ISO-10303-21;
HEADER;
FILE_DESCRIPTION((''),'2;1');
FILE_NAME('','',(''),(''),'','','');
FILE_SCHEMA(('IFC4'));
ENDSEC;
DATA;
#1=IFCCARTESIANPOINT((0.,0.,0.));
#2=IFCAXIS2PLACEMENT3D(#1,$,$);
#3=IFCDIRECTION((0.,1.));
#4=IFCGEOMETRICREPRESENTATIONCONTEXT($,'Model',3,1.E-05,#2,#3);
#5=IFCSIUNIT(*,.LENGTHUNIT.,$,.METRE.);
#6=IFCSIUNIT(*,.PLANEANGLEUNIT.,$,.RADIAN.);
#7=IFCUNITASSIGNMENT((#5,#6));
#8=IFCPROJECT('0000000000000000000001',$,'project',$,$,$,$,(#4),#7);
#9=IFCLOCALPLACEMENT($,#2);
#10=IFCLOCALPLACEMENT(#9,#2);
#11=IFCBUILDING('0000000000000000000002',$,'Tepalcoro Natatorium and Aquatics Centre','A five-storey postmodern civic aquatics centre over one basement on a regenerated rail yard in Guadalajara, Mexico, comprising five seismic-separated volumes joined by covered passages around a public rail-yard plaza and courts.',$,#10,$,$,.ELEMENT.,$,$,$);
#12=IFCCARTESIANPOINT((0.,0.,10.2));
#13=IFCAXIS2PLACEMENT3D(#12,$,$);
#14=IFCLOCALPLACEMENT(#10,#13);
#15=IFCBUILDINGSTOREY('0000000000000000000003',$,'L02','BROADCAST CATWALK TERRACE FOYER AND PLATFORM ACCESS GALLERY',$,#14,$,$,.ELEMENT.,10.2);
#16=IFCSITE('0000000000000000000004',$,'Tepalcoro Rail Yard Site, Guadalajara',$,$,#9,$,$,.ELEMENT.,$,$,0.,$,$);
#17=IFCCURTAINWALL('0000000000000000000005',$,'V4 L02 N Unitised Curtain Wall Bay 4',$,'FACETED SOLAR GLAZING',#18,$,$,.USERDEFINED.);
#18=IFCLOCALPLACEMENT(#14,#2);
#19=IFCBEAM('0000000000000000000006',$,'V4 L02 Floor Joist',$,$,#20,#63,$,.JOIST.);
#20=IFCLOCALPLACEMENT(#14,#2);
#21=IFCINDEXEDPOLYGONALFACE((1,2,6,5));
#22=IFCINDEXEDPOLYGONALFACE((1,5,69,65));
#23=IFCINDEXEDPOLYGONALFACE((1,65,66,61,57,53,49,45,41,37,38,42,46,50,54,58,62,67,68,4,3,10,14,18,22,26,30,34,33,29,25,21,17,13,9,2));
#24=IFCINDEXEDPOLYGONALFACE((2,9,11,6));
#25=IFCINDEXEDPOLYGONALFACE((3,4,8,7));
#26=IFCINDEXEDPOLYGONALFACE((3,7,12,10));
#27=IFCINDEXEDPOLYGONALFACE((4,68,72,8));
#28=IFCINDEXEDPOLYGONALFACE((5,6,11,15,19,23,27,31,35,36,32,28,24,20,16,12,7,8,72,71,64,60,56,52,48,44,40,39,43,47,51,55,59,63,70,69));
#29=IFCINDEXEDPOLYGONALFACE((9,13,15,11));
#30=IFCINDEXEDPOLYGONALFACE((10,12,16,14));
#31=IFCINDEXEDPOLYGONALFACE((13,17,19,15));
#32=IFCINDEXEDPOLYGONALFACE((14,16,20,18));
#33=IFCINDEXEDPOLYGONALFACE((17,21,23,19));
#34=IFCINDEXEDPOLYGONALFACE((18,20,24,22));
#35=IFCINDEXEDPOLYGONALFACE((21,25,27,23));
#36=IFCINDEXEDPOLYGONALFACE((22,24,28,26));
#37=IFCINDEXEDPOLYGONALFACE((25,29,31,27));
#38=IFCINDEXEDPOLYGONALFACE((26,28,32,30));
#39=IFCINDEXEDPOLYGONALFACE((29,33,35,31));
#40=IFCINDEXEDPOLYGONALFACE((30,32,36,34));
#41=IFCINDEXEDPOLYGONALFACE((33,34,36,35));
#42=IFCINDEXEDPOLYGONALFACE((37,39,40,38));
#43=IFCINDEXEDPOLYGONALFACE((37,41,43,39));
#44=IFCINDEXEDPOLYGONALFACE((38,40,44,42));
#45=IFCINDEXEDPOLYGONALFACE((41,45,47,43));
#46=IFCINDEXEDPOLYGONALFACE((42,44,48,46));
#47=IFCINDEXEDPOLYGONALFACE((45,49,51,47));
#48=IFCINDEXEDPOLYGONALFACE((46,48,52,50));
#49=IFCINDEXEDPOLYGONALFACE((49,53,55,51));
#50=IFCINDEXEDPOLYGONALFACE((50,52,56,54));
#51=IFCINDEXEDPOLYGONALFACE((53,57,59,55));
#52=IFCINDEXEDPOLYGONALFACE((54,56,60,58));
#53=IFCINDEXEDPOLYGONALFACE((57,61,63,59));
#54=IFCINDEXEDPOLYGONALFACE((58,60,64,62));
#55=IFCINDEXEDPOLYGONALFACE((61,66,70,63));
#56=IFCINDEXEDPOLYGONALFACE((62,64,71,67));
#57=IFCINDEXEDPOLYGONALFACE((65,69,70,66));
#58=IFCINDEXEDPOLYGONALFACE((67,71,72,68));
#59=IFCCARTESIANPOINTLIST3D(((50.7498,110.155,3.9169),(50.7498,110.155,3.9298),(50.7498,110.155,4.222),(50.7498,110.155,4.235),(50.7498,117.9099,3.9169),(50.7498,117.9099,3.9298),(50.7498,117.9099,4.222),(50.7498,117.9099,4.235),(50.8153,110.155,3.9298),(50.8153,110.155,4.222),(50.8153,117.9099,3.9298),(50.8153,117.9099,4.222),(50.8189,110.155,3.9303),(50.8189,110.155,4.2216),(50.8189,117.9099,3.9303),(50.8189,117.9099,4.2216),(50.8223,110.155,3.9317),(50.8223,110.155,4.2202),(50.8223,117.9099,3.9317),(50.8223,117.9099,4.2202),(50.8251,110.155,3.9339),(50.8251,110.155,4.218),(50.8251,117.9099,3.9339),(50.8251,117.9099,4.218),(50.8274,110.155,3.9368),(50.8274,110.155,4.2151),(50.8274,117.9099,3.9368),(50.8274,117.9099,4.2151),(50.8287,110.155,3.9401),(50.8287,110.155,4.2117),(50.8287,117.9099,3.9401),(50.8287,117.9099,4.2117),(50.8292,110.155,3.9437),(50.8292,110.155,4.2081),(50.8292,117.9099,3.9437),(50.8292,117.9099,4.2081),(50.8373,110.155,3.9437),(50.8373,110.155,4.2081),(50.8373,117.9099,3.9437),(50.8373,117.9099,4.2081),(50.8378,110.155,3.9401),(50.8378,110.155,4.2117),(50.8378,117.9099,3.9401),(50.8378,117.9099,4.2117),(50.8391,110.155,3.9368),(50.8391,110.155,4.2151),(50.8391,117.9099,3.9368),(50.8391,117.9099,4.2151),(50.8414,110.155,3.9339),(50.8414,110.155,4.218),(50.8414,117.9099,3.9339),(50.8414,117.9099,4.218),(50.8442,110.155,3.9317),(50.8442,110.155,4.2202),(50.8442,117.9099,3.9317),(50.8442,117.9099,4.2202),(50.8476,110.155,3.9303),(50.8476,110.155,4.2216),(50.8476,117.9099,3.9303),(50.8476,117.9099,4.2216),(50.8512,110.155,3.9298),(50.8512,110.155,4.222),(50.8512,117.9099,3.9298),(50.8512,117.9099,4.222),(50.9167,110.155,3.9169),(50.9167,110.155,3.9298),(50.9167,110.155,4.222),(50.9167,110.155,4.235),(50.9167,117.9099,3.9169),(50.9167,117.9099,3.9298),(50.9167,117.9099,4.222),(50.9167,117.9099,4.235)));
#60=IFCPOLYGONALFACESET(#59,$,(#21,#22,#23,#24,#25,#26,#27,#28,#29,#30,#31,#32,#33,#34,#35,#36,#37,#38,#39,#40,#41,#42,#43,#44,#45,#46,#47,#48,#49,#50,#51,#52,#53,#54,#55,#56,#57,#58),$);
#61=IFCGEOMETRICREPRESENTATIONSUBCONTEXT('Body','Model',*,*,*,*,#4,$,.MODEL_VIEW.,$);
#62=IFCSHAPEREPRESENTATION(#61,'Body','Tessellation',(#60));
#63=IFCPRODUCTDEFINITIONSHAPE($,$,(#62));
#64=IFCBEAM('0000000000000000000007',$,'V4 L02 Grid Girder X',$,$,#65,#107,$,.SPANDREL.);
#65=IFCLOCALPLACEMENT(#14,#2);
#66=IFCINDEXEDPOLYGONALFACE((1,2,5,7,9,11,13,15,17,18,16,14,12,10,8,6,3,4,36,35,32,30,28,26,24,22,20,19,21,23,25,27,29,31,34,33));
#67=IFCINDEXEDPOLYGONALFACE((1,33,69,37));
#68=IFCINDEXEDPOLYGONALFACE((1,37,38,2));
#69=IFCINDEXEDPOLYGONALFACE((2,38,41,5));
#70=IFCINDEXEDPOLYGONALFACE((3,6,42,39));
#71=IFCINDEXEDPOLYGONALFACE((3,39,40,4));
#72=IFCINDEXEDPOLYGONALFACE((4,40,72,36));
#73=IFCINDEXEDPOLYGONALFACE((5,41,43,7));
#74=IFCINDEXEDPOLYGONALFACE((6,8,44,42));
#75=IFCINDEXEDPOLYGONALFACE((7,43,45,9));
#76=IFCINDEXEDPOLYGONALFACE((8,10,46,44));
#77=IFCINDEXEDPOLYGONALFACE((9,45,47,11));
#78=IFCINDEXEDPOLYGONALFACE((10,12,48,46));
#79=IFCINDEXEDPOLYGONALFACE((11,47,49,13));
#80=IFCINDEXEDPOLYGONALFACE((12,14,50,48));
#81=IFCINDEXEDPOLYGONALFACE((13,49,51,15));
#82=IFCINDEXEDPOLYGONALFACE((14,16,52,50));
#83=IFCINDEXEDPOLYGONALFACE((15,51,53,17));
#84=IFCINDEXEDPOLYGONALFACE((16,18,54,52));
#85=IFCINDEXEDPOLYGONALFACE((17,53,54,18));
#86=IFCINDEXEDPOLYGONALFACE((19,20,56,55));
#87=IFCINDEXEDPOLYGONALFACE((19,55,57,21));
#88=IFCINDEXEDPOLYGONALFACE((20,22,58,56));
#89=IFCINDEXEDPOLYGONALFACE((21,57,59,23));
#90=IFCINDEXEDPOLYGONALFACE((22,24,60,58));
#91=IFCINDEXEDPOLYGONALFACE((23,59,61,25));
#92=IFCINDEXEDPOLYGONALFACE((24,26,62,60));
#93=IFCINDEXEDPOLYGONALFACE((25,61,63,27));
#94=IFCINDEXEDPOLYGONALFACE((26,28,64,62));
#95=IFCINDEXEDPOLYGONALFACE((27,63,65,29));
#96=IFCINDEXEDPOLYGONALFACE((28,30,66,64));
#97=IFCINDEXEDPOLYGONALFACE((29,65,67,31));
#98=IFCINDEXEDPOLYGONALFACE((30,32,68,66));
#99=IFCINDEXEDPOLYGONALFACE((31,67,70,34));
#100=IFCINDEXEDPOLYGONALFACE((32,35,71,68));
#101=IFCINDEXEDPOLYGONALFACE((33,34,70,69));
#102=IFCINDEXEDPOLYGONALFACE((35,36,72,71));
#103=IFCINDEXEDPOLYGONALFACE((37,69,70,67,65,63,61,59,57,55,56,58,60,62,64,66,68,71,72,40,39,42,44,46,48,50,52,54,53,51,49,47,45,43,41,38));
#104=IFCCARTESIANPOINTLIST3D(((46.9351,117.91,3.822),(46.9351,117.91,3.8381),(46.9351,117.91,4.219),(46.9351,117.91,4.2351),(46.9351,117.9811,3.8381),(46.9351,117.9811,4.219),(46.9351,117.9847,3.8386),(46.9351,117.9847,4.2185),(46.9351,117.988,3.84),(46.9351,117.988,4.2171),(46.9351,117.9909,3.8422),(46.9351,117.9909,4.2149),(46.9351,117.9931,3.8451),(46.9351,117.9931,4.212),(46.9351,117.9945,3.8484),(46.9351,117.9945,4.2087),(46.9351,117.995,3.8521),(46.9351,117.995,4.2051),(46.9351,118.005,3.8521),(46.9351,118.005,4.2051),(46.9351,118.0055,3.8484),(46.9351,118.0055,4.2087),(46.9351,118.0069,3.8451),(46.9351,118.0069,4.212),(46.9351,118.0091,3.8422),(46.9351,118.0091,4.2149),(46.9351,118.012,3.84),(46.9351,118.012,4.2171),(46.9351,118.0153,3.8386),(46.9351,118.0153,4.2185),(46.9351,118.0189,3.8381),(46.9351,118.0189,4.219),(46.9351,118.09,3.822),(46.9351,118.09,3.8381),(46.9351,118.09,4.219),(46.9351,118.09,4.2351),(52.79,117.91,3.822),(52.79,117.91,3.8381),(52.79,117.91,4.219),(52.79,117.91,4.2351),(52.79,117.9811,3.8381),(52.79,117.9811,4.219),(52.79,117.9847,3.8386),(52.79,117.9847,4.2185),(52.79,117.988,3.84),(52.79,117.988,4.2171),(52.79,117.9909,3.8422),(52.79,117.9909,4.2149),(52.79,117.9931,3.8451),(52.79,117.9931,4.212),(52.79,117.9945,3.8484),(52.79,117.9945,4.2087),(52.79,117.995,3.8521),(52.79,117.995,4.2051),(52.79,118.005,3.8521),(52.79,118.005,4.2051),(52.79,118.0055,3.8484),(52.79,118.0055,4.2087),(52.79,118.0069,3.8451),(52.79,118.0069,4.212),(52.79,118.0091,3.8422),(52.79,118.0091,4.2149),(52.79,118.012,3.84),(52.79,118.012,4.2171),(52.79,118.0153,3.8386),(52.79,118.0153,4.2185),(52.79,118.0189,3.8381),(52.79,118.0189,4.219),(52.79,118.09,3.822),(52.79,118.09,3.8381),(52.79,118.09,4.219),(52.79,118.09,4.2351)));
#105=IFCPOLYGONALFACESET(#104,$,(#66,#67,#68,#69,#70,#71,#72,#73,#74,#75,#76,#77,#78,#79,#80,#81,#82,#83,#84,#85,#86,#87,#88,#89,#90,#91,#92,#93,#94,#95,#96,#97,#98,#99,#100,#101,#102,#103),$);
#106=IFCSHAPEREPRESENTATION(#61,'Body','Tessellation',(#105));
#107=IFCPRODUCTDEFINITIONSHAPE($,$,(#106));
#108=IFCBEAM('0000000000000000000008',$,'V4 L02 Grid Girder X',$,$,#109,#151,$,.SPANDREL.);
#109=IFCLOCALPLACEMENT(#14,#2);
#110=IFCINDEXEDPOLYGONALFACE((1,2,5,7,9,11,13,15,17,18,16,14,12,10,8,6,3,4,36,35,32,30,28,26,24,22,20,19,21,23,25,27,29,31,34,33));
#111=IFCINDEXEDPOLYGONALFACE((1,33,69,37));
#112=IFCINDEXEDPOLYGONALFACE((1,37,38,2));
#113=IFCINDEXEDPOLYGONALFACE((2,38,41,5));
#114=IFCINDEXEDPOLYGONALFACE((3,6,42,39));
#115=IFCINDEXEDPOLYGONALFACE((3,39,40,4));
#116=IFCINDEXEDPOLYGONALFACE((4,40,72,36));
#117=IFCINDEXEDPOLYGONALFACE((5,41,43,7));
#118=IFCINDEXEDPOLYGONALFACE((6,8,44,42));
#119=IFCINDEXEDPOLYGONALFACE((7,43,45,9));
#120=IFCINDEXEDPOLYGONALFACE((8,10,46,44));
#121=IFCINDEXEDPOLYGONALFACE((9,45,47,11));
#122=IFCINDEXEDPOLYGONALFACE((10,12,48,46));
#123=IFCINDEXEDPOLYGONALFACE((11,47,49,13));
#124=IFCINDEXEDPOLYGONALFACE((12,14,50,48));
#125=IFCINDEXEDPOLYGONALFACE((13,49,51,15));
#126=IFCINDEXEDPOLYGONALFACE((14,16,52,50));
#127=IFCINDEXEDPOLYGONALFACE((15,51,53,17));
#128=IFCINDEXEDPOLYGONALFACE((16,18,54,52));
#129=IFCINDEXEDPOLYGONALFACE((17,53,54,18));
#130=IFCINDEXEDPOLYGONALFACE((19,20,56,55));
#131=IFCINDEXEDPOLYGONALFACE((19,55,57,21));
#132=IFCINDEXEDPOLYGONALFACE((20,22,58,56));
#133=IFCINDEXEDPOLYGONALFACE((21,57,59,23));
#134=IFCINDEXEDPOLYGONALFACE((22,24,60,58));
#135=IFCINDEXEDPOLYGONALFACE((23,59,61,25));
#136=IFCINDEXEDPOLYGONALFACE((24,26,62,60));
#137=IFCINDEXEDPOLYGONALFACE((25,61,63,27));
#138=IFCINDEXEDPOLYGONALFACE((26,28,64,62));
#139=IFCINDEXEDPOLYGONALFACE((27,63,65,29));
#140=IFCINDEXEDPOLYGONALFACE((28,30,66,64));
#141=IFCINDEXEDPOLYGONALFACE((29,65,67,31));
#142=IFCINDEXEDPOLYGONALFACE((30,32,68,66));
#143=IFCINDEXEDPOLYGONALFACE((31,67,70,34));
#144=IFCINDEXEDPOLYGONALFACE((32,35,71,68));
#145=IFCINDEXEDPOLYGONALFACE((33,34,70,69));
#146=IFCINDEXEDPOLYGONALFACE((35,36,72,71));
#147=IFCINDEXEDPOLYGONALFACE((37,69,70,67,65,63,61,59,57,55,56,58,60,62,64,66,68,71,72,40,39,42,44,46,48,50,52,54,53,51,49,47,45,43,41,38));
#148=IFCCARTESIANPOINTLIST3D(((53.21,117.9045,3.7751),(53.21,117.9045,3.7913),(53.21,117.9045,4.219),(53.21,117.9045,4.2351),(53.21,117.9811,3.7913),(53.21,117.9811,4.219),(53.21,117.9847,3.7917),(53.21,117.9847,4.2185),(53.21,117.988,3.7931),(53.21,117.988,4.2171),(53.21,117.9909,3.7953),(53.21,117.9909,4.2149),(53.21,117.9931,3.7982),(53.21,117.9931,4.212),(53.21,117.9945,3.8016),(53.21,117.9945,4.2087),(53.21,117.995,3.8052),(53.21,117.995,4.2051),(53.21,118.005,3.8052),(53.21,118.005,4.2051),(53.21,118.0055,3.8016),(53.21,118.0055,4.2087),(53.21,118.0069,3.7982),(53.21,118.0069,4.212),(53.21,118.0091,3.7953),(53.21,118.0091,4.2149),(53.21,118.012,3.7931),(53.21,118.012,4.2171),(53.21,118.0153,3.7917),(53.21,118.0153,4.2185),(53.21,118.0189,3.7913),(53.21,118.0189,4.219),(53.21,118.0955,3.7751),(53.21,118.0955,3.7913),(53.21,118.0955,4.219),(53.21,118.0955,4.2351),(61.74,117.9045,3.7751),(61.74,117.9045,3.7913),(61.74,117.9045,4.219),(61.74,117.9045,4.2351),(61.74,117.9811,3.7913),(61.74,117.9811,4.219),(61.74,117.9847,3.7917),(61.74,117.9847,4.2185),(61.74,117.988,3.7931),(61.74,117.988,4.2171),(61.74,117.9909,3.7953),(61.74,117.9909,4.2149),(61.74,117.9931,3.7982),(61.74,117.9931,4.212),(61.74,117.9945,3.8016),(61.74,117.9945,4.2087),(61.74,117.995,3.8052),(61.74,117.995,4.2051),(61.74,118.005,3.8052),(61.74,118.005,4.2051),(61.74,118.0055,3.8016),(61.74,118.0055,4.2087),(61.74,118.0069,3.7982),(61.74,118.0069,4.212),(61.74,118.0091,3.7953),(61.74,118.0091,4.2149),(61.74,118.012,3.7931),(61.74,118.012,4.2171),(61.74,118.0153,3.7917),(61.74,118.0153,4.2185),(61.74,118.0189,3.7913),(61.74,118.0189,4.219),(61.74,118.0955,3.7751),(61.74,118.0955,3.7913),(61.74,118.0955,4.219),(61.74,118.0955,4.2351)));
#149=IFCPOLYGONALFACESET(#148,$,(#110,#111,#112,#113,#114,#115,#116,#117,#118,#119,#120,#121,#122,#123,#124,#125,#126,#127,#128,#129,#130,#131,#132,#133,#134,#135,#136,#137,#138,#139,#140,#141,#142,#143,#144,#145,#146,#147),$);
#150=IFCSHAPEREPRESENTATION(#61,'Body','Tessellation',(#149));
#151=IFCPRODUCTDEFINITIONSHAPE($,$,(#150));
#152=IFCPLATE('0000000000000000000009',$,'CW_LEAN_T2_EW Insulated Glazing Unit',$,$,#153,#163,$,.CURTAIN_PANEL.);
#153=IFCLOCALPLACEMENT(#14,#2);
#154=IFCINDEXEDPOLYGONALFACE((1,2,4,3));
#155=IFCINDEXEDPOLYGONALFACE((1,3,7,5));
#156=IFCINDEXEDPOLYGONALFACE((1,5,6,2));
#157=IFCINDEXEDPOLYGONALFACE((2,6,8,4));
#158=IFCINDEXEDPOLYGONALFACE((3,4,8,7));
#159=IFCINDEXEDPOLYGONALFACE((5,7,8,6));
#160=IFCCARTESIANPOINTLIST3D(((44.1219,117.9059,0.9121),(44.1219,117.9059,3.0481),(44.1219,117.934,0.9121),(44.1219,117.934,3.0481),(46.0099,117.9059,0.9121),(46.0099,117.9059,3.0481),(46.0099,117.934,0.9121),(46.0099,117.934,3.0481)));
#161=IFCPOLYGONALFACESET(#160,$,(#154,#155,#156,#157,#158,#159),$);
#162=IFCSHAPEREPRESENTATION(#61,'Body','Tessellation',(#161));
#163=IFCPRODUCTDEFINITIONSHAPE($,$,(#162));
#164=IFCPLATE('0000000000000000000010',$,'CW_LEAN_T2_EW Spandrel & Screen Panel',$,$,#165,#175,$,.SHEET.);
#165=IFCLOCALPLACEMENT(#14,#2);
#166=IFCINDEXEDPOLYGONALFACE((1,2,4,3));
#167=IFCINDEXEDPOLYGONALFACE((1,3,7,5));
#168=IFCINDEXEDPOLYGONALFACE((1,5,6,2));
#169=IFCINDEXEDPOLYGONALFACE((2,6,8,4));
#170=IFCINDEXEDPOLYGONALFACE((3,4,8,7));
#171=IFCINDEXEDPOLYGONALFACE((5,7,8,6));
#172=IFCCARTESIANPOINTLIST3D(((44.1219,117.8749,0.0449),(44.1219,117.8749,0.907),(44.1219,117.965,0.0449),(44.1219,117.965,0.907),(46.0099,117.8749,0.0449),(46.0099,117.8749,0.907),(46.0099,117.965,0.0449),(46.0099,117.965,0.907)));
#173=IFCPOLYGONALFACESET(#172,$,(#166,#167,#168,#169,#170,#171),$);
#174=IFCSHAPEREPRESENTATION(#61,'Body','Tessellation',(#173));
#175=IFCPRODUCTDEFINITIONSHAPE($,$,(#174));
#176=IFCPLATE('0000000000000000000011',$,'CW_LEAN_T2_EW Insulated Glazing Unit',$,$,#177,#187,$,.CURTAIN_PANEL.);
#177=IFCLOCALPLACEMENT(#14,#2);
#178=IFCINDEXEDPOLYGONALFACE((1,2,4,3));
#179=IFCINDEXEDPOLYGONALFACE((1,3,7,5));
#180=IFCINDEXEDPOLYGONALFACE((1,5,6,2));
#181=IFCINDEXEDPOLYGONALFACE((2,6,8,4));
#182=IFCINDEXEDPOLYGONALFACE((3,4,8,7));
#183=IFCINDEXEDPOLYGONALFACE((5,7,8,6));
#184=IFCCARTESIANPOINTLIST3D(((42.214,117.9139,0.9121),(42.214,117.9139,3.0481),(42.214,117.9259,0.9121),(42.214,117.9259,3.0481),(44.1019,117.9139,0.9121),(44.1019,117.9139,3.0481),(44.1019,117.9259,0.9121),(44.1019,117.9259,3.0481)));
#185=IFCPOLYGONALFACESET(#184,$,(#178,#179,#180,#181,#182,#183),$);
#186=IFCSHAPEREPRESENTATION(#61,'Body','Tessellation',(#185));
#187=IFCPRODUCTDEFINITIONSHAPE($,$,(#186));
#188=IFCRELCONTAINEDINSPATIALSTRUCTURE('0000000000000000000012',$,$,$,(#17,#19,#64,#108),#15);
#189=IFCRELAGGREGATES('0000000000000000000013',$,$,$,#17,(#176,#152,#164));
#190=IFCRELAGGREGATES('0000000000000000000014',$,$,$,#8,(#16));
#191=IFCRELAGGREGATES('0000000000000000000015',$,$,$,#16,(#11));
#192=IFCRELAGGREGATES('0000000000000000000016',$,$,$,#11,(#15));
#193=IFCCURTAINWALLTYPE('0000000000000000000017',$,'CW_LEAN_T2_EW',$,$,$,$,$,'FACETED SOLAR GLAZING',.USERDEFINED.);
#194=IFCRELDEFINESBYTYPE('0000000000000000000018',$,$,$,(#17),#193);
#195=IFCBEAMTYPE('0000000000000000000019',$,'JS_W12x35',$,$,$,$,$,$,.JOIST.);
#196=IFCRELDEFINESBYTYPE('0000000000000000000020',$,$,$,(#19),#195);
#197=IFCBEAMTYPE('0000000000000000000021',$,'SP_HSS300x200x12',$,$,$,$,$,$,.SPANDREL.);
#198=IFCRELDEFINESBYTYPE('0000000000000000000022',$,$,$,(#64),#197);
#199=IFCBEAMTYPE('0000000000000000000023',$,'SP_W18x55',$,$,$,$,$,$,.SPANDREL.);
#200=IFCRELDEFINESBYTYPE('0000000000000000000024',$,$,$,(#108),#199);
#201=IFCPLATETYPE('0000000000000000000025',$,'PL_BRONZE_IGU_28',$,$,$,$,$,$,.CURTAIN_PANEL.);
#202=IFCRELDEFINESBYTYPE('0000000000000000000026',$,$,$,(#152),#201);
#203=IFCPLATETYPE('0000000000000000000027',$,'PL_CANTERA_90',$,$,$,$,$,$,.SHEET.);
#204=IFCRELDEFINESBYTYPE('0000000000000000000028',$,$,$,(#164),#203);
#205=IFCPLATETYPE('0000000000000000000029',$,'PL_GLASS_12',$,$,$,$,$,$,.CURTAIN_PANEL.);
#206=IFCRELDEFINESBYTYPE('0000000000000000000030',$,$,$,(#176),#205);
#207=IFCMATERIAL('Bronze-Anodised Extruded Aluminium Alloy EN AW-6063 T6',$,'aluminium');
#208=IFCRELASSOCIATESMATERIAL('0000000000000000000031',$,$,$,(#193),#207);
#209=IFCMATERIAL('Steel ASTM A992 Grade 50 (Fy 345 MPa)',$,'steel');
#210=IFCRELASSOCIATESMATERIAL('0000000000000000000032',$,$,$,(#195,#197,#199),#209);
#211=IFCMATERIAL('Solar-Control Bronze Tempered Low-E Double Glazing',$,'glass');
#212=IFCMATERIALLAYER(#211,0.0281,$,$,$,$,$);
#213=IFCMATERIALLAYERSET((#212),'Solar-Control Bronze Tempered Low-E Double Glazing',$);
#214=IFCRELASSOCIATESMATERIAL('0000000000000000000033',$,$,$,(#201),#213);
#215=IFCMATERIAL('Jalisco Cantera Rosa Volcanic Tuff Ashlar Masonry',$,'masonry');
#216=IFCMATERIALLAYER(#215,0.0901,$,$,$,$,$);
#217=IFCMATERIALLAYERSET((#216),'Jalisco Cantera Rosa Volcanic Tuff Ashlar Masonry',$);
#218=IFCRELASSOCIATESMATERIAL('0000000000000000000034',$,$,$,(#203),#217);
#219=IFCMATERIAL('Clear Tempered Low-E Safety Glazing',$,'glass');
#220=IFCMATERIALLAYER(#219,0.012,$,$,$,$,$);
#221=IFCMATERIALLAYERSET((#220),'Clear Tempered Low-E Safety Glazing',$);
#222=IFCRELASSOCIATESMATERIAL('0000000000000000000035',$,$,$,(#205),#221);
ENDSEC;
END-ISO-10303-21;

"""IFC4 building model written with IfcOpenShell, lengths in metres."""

from ifc_helpers import new_model, si_unit, direction, frame, origin, origin_2d, place, context, subcontext, project, spatial, rectangle, i_section, extrude, material, layer, layer_set, material_profile, profile_set, type_object, element, aggregate, save


model = new_model("IFC4")

# Units and contexts
model_context = context("Model", 3, precision=1e-05, world=origin(), true_north=direction((0.0, 1.0)))
body_context = subcontext(model_context, "Body", "Model", "MODEL_VIEW")
ifc_project = project(units=[si_unit("LENGTHUNIT", "METRE"), si_unit("PLANEANGLEUNIT", "RADIAN")], contexts=[model_context])

# Site, building, storey
site_placement = place(None, origin())
site = spatial("IfcSite", under=ifc_project, at=site_placement, Name="Tepalcoro Rail Yard Site, Guadalajara", CompositionType="ELEMENT", RefElevation=0.0)
building_placement = place(site_placement, origin())
building = spatial("IfcBuilding", under=site, at=building_placement, Name="Tepalcoro Natatorium and Aquatics Centre", Description="A five-storey postmodern civic aquatics centre over one basement on a regenerated rail yard in Guadalajara, Mexico, comprising five seismic-separated volumes joined by covered passages around a public rail-yard plaza and courts.", CompositionType="ELEMENT")
storey_placement = place(building_placement, frame((0.0, 0.0, 10.2)))
storey = spatial("IfcBuildingStorey", under=building, at=storey_placement, Name="L02", Description="BROADCAST CATWALK TERRACE FOYER AND PLATFORM ACCESS GALLERY", CompositionType="ELEMENT", Elevation=10.2)

# Shared definitions
ifc_material_1 = material(Name="Steel ASTM A992 Grade 50 (Fy 345 MPa)", Category="steel")

# Curtain wall
ifc_material_2 = material(Name="Bronze-Anodised Extruded Aluminium Alloy EN AW-6063 T6", Category="aluminium")
curtain_wall_type = type_object("IfcCurtainWallType", Name="CW_LEAN_T2_EW", ElementType="FACETED SOLAR GLAZING", PredefinedType="USERDEFINED", material=ifc_material_2)
curtain_wall_placement = place(storey_placement, origin())
curtain_wall = element("IfcCurtainWall", 1, at=curtain_wall_placement, inside=storey, type_object=curtain_wall_type, Name="V4 L02 N Unitised Curtain Wall Bay 4", ObjectType="FACETED SOLAR GLAZING", PredefinedType="USERDEFINED")

# Beams
ifc_material_profile_1 = material_profile(ifc_material_1, i_section(OverallWidth=0.167, OverallDepth=0.3181, WebThickness=0.0081, FlangeThickness=0.0129, FilletRadius=0.0139, at=origin_2d()), Name="W12X35")
ifc_profile_set_1 = profile_set([ifc_material_profile_1], Name="Steel ASTM A992 Grade 50 (Fy 345 MPa)")
beam_type_1 = type_object("IfcBeamType", Name="JS_W12x35", PredefinedType="JOIST", material=ifc_profile_set_1)
beam_1_placement = place(storey_placement, frame((50.8333, 110.155, 4.0759), z_axis=(0.0, 1.0, 0.0), x_axis=(-1.0, 0.0, 0.0)))
element("IfcBeam", 2, at=beam_1_placement, inside=storey, type_object=beam_type_1, Name="V4 L02 Floor Joist", PredefinedType="JOIST", context=body_context, shape_type="SweptSolid", body=[
    extrude(i_section(OverallWidth=0.167, OverallDepth=0.3181, WebThickness=0.0081, FlangeThickness=0.0129, FilletRadius=0.0139, at=origin_2d()), origin(), (0.0, 0.0, 1.0), 7.7549),
])
ifc_material_profile_2 = material_profile(ifc_material_1, i_section(OverallWidth=0.1799, OverallDepth=0.4131, WebThickness=0.01, FlangeThickness=0.0161, FilletRadius=0.0139, at=origin_2d()), Name="W16X50")
ifc_profile_set_2 = profile_set([ifc_material_profile_2], Name="Steel ASTM A992 Grade 50 (Fy 345 MPa)")
beam_type_2 = type_object("IfcBeamType", Name="SP_HSS300x200x12", PredefinedType="SPANDREL", material=ifc_profile_set_2)
beam_2_placement = place(storey_placement, frame((46.9351, 118.0, 4.0286), z_axis=(1.0, 0.0, 0.0), x_axis=(0.0, 1.0, 0.0)))
element("IfcBeam", 3, at=beam_2_placement, inside=storey, type_object=beam_type_2, Name="V4 L02 Grid Girder X", PredefinedType="SPANDREL", context=body_context, shape_type="SweptSolid", body=[
    extrude(i_section(OverallWidth=0.1799, OverallDepth=0.4131, WebThickness=0.01, FlangeThickness=0.0161, FilletRadius=0.0139, at=origin_2d()), origin(), (0.0, 0.0, 1.0), 5.855),
])
ifc_material_profile_3 = material_profile(ifc_material_1, i_section(OverallWidth=0.1909, OverallDepth=0.46, WebThickness=0.01, FlangeThickness=0.0161, FilletRadius=0.0139, at=origin_2d()), Name="W18X55")
ifc_profile_set_3 = profile_set([ifc_material_profile_3], Name="Steel ASTM A992 Grade 50 (Fy 345 MPa)")
beam_type_3 = type_object("IfcBeamType", Name="SP_W18x55", PredefinedType="SPANDREL", material=ifc_profile_set_3)
beam_3_placement = place(storey_placement, frame((53.21, 118.0, 4.0051), z_axis=(1.0, 0.0, 0.0), x_axis=(0.0, 1.0, 0.0)))
element("IfcBeam", 4, at=beam_3_placement, inside=storey, type_object=beam_type_3, Name="V4 L02 Grid Girder X", PredefinedType="SPANDREL", context=body_context, shape_type="SweptSolid", body=[
    extrude(i_section(OverallWidth=0.1909, OverallDepth=0.46, WebThickness=0.01, FlangeThickness=0.0161, FilletRadius=0.0139, at=origin_2d()), origin(), (0.0, 0.0, 1.0), 8.53),
])

# Plates
ifc_material_3 = material(Name="Solar-Control Bronze Tempered Low-E Double Glazing", Category="glass")
ifc_layer_1 = layer(ifc_material_3, 0.0281)
ifc_layer_set_1 = layer_set([ifc_layer_1], Name="Solar-Control Bronze Tempered Low-E Double Glazing")
plate_type_1 = type_object("IfcPlateType", Name="PL_BRONZE_IGU_28", PredefinedType="CURTAIN_PANEL", material=ifc_layer_set_1)
plate_1_placement = place(storey_placement, frame((45.0659, 117.9199, 0.9121), z_axis=(0.0, 0.0, 1.0), x_axis=(1.0, 0.0, 0.0)))
plate_1 = element("IfcPlate", 5, at=plate_1_placement, type_object=plate_type_1, Name="CW_LEAN_T2_EW Insulated Glazing Unit", PredefinedType="CURTAIN_PANEL", context=body_context, shape_type="SweptSolid", body=[
    extrude(rectangle(XDim=1.8879, YDim=0.0281, at=origin_2d()), origin(), (0.0, 0.0, 1.0), 2.136),
])
ifc_material_4 = material(Name="Jalisco Cantera Rosa Volcanic Tuff Ashlar Masonry", Category="masonry")
ifc_layer_2 = layer(ifc_material_4, 0.0901)
ifc_layer_set_2 = layer_set([ifc_layer_2], Name="Jalisco Cantera Rosa Volcanic Tuff Ashlar Masonry")
plate_type_2 = type_object("IfcPlateType", Name="PL_CANTERA_90", PredefinedType="SHEET", material=ifc_layer_set_2)
plate_2_placement = place(storey_placement, frame((45.0659, 117.9199, 0.0449), z_axis=(0.0, 0.0, 1.0), x_axis=(1.0, 0.0, 0.0)))
plate_2 = element("IfcPlate", 6, at=plate_2_placement, type_object=plate_type_2, Name="CW_LEAN_T2_EW Spandrel & Screen Panel", PredefinedType="SHEET", context=body_context, shape_type="SweptSolid", body=[
    extrude(rectangle(XDim=1.8879, YDim=0.0901, at=origin_2d()), origin(), (0.0, 0.0, 1.0), 0.8621),
])
ifc_material_5 = material(Name="Clear Tempered Low-E Safety Glazing", Category="glass")
ifc_layer_3 = layer(ifc_material_5, 0.012)
ifc_layer_set_3 = layer_set([ifc_layer_3], Name="Clear Tempered Low-E Safety Glazing")
plate_type_3 = type_object("IfcPlateType", Name="PL_GLASS_12", PredefinedType="CURTAIN_PANEL", material=ifc_layer_set_3)
plate_3_placement = place(storey_placement, frame((43.158, 117.9199, 0.9121), z_axis=(0.0, 0.0, 1.0), x_axis=(1.0, 0.0, 0.0)))
plate_3 = element("IfcPlate", 7, at=plate_3_placement, type_object=plate_type_3, Name="CW_LEAN_T2_EW Insulated Glazing Unit", PredefinedType="CURTAIN_PANEL", context=body_context, shape_type="SweptSolid", body=[
    extrude(rectangle(XDim=1.8879, YDim=0.012, at=origin_2d()), origin(), (0.0, 0.0, 1.0), 2.136),
])
aggregate(curtain_wall, [plate_3, plate_1, plate_2])

save(model, "model.ifc")
